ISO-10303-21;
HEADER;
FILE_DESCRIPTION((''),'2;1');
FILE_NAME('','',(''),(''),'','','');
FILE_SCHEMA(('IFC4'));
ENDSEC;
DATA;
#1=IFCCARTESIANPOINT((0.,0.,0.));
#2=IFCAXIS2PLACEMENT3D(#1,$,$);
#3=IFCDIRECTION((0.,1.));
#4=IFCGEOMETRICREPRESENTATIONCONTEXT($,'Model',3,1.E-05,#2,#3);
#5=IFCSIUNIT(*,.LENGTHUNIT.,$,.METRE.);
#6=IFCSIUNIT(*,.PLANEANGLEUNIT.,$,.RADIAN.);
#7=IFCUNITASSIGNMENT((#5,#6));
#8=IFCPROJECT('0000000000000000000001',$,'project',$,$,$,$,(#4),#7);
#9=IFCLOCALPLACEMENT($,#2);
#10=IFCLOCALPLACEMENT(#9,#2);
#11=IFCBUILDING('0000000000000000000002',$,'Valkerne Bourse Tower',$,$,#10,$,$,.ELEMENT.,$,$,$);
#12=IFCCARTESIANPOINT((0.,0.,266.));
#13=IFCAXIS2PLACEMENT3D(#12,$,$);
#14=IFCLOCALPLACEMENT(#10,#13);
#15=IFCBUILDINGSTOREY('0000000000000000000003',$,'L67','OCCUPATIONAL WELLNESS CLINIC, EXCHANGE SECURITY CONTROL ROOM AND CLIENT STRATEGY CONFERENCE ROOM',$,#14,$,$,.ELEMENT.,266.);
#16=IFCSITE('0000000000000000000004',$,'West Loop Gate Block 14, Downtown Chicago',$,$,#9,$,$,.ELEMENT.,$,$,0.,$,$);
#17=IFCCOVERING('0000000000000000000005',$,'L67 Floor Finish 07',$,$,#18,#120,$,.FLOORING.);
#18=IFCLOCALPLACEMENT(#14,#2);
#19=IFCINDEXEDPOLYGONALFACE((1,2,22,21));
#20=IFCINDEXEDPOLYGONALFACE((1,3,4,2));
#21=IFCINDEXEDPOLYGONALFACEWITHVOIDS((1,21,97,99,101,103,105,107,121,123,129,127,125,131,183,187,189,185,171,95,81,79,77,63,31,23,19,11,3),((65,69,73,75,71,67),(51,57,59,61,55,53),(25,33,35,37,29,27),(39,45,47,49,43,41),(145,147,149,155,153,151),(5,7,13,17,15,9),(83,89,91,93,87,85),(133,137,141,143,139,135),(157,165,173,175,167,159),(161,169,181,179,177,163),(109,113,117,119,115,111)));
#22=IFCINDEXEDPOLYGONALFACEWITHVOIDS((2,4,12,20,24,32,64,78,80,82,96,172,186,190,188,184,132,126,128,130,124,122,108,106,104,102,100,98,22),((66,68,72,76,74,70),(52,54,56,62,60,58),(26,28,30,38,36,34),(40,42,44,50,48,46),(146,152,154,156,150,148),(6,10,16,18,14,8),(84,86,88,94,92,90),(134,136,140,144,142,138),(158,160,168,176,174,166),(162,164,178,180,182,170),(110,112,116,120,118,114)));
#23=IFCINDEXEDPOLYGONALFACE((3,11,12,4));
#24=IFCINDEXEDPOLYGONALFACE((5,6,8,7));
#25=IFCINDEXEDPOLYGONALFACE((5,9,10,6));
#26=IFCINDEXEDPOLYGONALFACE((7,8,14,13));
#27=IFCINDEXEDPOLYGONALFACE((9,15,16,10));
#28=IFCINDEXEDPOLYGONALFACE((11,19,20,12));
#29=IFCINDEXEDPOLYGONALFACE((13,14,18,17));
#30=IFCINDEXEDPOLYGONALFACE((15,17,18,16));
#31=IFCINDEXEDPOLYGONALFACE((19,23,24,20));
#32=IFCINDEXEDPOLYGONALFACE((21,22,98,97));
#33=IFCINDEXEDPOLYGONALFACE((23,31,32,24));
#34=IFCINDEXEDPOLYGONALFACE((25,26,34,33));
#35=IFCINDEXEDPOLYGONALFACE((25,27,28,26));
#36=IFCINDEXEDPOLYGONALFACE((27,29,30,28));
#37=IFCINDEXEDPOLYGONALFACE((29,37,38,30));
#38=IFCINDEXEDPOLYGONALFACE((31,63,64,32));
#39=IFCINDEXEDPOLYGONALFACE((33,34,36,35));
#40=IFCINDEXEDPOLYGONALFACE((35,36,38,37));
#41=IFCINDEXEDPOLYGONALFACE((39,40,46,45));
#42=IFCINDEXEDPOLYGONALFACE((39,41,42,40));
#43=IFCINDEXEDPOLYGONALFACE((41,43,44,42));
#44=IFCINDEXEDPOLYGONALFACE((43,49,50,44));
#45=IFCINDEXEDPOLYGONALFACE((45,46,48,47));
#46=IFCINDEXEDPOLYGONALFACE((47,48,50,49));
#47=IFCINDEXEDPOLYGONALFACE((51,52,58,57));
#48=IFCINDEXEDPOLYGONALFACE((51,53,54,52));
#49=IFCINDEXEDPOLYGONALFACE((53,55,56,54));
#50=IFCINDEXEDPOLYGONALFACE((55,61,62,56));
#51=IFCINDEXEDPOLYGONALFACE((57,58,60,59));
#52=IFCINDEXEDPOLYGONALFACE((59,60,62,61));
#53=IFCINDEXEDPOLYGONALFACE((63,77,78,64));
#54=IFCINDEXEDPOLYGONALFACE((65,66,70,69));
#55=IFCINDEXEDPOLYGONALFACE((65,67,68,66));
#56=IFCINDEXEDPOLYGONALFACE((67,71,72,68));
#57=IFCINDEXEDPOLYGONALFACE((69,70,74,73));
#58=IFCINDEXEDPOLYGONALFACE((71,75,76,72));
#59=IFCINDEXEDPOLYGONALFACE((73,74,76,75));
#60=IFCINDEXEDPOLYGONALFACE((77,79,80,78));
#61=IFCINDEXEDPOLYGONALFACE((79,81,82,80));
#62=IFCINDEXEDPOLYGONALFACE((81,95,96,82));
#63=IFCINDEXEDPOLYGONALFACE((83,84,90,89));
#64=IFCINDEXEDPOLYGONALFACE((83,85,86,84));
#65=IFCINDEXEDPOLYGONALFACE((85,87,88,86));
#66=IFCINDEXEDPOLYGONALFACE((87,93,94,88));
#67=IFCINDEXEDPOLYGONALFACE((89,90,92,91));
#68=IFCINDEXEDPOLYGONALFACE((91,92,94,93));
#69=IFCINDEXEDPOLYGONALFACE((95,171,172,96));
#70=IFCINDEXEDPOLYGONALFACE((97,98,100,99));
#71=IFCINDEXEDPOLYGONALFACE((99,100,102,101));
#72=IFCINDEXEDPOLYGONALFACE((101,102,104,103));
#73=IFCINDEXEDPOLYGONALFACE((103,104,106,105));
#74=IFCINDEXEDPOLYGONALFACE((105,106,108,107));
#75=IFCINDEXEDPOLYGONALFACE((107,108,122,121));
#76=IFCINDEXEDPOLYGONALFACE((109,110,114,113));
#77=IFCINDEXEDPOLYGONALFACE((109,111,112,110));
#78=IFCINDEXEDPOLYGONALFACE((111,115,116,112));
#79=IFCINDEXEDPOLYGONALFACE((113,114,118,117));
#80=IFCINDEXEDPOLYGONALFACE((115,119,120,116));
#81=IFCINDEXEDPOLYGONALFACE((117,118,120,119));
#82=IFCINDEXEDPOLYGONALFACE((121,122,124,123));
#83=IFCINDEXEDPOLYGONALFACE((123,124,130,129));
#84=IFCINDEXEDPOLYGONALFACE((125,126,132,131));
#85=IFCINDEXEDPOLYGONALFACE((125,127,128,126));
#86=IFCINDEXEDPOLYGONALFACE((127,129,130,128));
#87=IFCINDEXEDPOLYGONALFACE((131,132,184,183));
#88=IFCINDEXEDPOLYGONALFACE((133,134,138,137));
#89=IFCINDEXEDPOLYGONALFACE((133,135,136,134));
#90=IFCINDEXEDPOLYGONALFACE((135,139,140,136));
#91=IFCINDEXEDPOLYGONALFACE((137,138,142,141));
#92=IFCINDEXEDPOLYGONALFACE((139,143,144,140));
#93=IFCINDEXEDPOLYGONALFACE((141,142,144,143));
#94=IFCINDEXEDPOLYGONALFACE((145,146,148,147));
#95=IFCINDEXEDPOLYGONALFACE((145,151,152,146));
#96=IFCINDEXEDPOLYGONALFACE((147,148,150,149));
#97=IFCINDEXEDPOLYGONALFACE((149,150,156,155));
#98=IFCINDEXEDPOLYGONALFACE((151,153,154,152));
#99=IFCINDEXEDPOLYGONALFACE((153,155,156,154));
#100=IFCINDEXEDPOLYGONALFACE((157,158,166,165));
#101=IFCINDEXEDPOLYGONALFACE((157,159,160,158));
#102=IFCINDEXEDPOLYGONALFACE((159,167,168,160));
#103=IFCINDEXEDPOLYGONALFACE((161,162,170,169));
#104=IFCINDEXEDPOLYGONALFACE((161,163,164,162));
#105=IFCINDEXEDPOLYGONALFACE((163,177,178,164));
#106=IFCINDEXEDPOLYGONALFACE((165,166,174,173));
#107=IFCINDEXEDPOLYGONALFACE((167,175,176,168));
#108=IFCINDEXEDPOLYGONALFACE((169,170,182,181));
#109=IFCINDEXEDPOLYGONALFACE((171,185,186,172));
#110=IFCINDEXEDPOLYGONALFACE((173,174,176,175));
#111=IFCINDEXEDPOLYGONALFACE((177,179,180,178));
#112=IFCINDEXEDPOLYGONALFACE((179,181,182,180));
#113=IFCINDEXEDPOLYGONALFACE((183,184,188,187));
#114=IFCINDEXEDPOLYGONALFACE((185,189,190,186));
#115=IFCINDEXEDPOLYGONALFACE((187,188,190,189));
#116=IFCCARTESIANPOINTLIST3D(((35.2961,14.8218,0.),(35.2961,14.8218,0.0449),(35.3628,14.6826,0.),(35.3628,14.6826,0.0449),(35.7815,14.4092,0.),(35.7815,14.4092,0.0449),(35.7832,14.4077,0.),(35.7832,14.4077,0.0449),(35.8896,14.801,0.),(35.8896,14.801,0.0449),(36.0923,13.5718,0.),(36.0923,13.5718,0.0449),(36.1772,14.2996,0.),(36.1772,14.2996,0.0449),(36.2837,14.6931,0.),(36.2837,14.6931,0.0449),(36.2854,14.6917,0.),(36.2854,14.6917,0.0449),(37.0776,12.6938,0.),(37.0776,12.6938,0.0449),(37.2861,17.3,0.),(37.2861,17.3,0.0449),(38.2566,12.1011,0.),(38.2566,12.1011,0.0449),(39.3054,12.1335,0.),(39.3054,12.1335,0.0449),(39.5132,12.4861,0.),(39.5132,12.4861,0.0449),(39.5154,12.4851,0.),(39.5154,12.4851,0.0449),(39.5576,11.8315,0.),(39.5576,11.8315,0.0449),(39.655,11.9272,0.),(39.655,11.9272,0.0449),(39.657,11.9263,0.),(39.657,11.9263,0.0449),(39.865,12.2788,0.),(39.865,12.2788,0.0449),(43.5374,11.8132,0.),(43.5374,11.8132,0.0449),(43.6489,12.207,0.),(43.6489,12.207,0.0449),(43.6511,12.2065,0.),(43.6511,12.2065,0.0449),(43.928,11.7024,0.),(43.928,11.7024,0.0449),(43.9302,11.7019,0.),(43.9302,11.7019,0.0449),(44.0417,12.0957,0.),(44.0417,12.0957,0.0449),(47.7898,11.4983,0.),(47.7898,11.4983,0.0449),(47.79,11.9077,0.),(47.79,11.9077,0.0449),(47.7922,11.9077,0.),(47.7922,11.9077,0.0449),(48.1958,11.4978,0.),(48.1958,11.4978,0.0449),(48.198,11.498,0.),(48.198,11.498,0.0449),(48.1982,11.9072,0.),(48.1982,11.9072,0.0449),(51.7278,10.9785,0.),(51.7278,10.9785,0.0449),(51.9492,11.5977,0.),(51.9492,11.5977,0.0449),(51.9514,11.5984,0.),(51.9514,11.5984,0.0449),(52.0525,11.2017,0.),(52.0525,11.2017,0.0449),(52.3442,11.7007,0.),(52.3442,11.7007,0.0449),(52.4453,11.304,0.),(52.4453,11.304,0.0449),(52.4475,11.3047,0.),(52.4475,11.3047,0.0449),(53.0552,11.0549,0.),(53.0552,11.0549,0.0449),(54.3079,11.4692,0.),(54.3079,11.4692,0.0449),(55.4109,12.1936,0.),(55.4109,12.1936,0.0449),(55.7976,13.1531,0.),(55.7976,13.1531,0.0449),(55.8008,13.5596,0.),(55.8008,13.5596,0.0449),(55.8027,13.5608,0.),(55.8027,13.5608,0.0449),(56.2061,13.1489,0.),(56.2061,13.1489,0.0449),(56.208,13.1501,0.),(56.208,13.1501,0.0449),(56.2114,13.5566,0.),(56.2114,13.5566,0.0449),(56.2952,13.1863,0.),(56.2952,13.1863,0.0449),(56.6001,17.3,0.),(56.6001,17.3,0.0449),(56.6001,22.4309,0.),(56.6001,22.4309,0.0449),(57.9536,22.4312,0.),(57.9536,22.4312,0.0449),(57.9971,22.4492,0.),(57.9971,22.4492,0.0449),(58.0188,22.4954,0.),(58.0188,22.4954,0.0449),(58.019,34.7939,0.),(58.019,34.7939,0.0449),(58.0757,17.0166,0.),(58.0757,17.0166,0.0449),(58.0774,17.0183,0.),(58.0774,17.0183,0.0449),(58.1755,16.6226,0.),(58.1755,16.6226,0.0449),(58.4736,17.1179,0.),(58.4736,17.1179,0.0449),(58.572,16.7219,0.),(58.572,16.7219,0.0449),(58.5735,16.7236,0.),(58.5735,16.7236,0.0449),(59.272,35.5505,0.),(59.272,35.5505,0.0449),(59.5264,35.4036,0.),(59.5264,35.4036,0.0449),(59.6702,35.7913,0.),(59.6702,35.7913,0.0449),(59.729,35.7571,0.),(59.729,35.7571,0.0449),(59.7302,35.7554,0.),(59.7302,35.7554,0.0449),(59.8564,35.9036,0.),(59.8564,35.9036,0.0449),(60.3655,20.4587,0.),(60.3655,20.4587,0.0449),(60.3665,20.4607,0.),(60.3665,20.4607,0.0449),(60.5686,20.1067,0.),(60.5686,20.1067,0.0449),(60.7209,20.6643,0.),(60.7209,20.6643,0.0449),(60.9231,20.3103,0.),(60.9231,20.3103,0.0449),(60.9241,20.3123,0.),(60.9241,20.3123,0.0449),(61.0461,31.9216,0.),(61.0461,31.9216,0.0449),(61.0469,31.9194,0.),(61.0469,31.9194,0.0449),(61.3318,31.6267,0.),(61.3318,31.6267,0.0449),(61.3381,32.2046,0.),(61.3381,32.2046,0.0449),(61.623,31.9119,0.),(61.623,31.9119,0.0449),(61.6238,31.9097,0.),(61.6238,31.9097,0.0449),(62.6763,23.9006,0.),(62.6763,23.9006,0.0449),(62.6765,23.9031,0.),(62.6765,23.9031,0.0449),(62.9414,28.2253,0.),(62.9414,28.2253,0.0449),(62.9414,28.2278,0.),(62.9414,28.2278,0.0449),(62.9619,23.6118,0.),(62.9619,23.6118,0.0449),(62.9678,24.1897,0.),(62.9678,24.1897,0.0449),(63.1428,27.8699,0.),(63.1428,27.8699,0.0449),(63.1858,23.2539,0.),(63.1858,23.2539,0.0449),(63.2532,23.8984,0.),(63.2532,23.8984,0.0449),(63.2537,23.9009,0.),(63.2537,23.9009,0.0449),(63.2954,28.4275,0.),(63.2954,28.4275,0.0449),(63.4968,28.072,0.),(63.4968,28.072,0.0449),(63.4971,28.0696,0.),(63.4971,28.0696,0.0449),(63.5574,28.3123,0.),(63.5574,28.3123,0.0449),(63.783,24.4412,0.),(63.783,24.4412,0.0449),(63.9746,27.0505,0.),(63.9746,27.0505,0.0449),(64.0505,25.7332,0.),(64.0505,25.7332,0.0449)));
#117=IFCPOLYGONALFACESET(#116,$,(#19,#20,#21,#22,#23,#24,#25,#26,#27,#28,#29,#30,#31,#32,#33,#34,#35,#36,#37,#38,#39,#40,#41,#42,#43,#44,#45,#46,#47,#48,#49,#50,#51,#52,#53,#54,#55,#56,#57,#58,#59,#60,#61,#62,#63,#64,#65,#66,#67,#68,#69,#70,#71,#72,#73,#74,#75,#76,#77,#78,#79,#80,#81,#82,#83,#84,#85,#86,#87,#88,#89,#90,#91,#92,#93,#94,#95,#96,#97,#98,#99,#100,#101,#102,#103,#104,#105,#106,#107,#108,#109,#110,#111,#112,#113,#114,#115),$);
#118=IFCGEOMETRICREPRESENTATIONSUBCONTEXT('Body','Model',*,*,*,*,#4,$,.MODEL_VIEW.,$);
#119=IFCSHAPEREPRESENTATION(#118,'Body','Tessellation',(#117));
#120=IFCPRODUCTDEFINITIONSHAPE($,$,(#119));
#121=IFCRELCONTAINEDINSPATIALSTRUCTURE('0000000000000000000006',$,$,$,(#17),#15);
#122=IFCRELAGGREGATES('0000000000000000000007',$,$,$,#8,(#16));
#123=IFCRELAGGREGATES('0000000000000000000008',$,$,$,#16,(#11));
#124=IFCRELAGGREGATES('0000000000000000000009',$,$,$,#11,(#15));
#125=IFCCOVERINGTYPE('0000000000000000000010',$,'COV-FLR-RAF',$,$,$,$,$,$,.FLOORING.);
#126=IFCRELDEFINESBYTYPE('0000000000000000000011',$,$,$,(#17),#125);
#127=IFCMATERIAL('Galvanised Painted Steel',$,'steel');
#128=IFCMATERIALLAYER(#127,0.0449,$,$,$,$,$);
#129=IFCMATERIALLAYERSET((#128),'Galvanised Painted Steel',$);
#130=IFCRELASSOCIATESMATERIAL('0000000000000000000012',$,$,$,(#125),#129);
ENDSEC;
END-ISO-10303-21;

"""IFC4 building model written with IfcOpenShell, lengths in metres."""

from ifc_helpers import new_model, si_unit, direction, frame, origin, place, context, subcontext, project, spatial, polyline, outline, extrude, material, layer, layer_set, type_object, element, save


model = new_model("IFC4")

# Units and contexts
model_context = context("Model", 3, precision=1e-05, world=origin(), true_north=direction((0.0, 1.0)))
body_context = subcontext(model_context, "Body", "Model", "MODEL_VIEW")
ifc_project = project(units=[si_unit("LENGTHUNIT", "METRE"), si_unit("PLANEANGLEUNIT", "RADIAN")], contexts=[model_context])

# Site, building, storey
site_placement = place(None, origin())
site = spatial("IfcSite", under=ifc_project, at=site_placement, Name="West Loop Gate Block 14, Downtown Chicago", CompositionType="ELEMENT", RefElevation=0.0)
building_placement = place(site_placement, origin())
building = spatial("IfcBuilding", under=site, at=building_placement, Name="Valkerne Bourse Tower", CompositionType="ELEMENT")
storey_placement = place(building_placement, frame((0.0, 0.0, 266.0)))
storey = spatial("IfcBuildingStorey", under=building, at=storey_placement, Name="L67", Description="OCCUPATIONAL WELLNESS CLINIC, EXCHANGE SECURITY CONTROL ROOM AND CLIENT STRATEGY CONFERENCE ROOM", CompositionType="ELEMENT", Elevation=266.0)

# Covering
ifc_material_1 = material(Name="Galvanised Painted Steel", Category="steel")
ifc_layer_1 = layer(ifc_material_1, 0.0449)
ifc_layer_set_1 = layer_set([ifc_layer_1], Name="Galvanised Painted Steel")
covering_type_1 = type_object("IfcCoveringType", Name="COV-FLR-RAF", PredefinedType="FLOORING", material=ifc_layer_set_1)
covering_1_placement = place(storey_placement, origin())
element("IfcCovering", 1, at=covering_1_placement, inside=storey, type_object=covering_type_1, Name="L67 Floor Finish 07", PredefinedType="FLOORING", context=body_context, shape_type="SweptSolid", body=[
    extrude(outline(polyline([(63.783, 24.4412), (63.1858, 23.2539), (56.2952, 13.1863), (55.4109, 12.1936), (54.3079, 11.4692), (53.0552, 11.0549), (51.7278, 10.9785), (39.5576, 11.8315), (38.2566, 12.1011), (37.0776, 12.6938), (36.0923, 13.5718), (35.3628, 14.6826), (35.2961, 14.8218), (37.2861, 17.3), (56.6001, 17.3), (56.6001, 22.4309), (57.9536, 22.4312), (57.9971, 22.4492), (58.0188, 22.4954), (58.019, 34.7939), (59.272, 35.5505), (59.5264, 35.4036), (59.7302, 35.7554), (59.729, 35.7571), (59.6702, 35.7913), (59.8564, 35.9036), (63.5574, 28.3123), (63.9746, 27.0505), (64.0505, 25.7332), (63.783, 24.4412)]), holes=[polyline([(43.6511, 12.2065), (43.6489, 12.207), (43.5374, 11.8132), (43.928, 11.7024), (43.9302, 11.7019), (44.0417, 12.0957), (43.6511, 12.2065)]), polyline([(39.5154, 12.4851), (39.5132, 12.4861), (39.3054, 12.1335), (39.655, 11.9272), (39.657, 11.9263), (39.865, 12.2788), (39.5154, 12.4851)]), polyline([(36.2837, 14.6931), (35.8896, 14.801), (35.7815, 14.4092), (35.7832, 14.4077), (36.1772, 14.2996), (36.2854, 14.6917), (36.2837, 14.6931)]), polyline([(52.4475, 11.3047), (52.3442, 11.7007), (51.9514, 11.5984), (51.9492, 11.5977), (52.0525, 11.2017), (52.4453, 11.304), (52.4475, 11.3047)]), polyline([(48.1982, 11.9072), (47.7922, 11.9077), (47.79, 11.9077), (47.7898, 11.4983), (48.1958, 11.4978), (48.198, 11.498), (48.1982, 11.9072)]), polyline([(56.2114, 13.5566), (55.8027, 13.5608), (55.8008, 13.5596), (55.7976, 13.1531), (56.2061, 13.1489), (56.208, 13.1501), (56.2114, 13.5566)]), polyline([(58.5735, 16.7236), (58.4736, 17.1179), (58.0774, 17.0183), (58.0757, 17.0166), (58.1755, 16.6226), (58.572, 16.7219), (58.5735, 16.7236)]), polyline([(60.9241, 20.3123), (60.7209, 20.6643), (60.3665, 20.4607), (60.3655, 20.4587), (60.5686, 20.1067), (60.9231, 20.3103), (60.9241, 20.3123)]), polyline([(63.2537, 23.9009), (62.9678, 24.1897), (62.6765, 23.9031), (62.6763, 23.9006), (62.9619, 23.6118), (63.2532, 23.8984), (63.2537, 23.9009)]), polyline([(63.4968, 28.072), (63.2954, 28.4275), (62.9414, 28.2278), (62.9414, 28.2253), (63.1428, 27.8699), (63.4971, 28.0696), (63.4968, 28.072)]), polyline([(61.623, 31.9119), (61.3381, 32.2046), (61.0461, 31.9216), (61.0469, 31.9194), (61.3318, 31.6267), (61.6238, 31.9097), (61.623, 31.9119)])]), origin(), (0.0, 0.0, 1.0), 0.0449),
])

save(model, "model.ifc")
